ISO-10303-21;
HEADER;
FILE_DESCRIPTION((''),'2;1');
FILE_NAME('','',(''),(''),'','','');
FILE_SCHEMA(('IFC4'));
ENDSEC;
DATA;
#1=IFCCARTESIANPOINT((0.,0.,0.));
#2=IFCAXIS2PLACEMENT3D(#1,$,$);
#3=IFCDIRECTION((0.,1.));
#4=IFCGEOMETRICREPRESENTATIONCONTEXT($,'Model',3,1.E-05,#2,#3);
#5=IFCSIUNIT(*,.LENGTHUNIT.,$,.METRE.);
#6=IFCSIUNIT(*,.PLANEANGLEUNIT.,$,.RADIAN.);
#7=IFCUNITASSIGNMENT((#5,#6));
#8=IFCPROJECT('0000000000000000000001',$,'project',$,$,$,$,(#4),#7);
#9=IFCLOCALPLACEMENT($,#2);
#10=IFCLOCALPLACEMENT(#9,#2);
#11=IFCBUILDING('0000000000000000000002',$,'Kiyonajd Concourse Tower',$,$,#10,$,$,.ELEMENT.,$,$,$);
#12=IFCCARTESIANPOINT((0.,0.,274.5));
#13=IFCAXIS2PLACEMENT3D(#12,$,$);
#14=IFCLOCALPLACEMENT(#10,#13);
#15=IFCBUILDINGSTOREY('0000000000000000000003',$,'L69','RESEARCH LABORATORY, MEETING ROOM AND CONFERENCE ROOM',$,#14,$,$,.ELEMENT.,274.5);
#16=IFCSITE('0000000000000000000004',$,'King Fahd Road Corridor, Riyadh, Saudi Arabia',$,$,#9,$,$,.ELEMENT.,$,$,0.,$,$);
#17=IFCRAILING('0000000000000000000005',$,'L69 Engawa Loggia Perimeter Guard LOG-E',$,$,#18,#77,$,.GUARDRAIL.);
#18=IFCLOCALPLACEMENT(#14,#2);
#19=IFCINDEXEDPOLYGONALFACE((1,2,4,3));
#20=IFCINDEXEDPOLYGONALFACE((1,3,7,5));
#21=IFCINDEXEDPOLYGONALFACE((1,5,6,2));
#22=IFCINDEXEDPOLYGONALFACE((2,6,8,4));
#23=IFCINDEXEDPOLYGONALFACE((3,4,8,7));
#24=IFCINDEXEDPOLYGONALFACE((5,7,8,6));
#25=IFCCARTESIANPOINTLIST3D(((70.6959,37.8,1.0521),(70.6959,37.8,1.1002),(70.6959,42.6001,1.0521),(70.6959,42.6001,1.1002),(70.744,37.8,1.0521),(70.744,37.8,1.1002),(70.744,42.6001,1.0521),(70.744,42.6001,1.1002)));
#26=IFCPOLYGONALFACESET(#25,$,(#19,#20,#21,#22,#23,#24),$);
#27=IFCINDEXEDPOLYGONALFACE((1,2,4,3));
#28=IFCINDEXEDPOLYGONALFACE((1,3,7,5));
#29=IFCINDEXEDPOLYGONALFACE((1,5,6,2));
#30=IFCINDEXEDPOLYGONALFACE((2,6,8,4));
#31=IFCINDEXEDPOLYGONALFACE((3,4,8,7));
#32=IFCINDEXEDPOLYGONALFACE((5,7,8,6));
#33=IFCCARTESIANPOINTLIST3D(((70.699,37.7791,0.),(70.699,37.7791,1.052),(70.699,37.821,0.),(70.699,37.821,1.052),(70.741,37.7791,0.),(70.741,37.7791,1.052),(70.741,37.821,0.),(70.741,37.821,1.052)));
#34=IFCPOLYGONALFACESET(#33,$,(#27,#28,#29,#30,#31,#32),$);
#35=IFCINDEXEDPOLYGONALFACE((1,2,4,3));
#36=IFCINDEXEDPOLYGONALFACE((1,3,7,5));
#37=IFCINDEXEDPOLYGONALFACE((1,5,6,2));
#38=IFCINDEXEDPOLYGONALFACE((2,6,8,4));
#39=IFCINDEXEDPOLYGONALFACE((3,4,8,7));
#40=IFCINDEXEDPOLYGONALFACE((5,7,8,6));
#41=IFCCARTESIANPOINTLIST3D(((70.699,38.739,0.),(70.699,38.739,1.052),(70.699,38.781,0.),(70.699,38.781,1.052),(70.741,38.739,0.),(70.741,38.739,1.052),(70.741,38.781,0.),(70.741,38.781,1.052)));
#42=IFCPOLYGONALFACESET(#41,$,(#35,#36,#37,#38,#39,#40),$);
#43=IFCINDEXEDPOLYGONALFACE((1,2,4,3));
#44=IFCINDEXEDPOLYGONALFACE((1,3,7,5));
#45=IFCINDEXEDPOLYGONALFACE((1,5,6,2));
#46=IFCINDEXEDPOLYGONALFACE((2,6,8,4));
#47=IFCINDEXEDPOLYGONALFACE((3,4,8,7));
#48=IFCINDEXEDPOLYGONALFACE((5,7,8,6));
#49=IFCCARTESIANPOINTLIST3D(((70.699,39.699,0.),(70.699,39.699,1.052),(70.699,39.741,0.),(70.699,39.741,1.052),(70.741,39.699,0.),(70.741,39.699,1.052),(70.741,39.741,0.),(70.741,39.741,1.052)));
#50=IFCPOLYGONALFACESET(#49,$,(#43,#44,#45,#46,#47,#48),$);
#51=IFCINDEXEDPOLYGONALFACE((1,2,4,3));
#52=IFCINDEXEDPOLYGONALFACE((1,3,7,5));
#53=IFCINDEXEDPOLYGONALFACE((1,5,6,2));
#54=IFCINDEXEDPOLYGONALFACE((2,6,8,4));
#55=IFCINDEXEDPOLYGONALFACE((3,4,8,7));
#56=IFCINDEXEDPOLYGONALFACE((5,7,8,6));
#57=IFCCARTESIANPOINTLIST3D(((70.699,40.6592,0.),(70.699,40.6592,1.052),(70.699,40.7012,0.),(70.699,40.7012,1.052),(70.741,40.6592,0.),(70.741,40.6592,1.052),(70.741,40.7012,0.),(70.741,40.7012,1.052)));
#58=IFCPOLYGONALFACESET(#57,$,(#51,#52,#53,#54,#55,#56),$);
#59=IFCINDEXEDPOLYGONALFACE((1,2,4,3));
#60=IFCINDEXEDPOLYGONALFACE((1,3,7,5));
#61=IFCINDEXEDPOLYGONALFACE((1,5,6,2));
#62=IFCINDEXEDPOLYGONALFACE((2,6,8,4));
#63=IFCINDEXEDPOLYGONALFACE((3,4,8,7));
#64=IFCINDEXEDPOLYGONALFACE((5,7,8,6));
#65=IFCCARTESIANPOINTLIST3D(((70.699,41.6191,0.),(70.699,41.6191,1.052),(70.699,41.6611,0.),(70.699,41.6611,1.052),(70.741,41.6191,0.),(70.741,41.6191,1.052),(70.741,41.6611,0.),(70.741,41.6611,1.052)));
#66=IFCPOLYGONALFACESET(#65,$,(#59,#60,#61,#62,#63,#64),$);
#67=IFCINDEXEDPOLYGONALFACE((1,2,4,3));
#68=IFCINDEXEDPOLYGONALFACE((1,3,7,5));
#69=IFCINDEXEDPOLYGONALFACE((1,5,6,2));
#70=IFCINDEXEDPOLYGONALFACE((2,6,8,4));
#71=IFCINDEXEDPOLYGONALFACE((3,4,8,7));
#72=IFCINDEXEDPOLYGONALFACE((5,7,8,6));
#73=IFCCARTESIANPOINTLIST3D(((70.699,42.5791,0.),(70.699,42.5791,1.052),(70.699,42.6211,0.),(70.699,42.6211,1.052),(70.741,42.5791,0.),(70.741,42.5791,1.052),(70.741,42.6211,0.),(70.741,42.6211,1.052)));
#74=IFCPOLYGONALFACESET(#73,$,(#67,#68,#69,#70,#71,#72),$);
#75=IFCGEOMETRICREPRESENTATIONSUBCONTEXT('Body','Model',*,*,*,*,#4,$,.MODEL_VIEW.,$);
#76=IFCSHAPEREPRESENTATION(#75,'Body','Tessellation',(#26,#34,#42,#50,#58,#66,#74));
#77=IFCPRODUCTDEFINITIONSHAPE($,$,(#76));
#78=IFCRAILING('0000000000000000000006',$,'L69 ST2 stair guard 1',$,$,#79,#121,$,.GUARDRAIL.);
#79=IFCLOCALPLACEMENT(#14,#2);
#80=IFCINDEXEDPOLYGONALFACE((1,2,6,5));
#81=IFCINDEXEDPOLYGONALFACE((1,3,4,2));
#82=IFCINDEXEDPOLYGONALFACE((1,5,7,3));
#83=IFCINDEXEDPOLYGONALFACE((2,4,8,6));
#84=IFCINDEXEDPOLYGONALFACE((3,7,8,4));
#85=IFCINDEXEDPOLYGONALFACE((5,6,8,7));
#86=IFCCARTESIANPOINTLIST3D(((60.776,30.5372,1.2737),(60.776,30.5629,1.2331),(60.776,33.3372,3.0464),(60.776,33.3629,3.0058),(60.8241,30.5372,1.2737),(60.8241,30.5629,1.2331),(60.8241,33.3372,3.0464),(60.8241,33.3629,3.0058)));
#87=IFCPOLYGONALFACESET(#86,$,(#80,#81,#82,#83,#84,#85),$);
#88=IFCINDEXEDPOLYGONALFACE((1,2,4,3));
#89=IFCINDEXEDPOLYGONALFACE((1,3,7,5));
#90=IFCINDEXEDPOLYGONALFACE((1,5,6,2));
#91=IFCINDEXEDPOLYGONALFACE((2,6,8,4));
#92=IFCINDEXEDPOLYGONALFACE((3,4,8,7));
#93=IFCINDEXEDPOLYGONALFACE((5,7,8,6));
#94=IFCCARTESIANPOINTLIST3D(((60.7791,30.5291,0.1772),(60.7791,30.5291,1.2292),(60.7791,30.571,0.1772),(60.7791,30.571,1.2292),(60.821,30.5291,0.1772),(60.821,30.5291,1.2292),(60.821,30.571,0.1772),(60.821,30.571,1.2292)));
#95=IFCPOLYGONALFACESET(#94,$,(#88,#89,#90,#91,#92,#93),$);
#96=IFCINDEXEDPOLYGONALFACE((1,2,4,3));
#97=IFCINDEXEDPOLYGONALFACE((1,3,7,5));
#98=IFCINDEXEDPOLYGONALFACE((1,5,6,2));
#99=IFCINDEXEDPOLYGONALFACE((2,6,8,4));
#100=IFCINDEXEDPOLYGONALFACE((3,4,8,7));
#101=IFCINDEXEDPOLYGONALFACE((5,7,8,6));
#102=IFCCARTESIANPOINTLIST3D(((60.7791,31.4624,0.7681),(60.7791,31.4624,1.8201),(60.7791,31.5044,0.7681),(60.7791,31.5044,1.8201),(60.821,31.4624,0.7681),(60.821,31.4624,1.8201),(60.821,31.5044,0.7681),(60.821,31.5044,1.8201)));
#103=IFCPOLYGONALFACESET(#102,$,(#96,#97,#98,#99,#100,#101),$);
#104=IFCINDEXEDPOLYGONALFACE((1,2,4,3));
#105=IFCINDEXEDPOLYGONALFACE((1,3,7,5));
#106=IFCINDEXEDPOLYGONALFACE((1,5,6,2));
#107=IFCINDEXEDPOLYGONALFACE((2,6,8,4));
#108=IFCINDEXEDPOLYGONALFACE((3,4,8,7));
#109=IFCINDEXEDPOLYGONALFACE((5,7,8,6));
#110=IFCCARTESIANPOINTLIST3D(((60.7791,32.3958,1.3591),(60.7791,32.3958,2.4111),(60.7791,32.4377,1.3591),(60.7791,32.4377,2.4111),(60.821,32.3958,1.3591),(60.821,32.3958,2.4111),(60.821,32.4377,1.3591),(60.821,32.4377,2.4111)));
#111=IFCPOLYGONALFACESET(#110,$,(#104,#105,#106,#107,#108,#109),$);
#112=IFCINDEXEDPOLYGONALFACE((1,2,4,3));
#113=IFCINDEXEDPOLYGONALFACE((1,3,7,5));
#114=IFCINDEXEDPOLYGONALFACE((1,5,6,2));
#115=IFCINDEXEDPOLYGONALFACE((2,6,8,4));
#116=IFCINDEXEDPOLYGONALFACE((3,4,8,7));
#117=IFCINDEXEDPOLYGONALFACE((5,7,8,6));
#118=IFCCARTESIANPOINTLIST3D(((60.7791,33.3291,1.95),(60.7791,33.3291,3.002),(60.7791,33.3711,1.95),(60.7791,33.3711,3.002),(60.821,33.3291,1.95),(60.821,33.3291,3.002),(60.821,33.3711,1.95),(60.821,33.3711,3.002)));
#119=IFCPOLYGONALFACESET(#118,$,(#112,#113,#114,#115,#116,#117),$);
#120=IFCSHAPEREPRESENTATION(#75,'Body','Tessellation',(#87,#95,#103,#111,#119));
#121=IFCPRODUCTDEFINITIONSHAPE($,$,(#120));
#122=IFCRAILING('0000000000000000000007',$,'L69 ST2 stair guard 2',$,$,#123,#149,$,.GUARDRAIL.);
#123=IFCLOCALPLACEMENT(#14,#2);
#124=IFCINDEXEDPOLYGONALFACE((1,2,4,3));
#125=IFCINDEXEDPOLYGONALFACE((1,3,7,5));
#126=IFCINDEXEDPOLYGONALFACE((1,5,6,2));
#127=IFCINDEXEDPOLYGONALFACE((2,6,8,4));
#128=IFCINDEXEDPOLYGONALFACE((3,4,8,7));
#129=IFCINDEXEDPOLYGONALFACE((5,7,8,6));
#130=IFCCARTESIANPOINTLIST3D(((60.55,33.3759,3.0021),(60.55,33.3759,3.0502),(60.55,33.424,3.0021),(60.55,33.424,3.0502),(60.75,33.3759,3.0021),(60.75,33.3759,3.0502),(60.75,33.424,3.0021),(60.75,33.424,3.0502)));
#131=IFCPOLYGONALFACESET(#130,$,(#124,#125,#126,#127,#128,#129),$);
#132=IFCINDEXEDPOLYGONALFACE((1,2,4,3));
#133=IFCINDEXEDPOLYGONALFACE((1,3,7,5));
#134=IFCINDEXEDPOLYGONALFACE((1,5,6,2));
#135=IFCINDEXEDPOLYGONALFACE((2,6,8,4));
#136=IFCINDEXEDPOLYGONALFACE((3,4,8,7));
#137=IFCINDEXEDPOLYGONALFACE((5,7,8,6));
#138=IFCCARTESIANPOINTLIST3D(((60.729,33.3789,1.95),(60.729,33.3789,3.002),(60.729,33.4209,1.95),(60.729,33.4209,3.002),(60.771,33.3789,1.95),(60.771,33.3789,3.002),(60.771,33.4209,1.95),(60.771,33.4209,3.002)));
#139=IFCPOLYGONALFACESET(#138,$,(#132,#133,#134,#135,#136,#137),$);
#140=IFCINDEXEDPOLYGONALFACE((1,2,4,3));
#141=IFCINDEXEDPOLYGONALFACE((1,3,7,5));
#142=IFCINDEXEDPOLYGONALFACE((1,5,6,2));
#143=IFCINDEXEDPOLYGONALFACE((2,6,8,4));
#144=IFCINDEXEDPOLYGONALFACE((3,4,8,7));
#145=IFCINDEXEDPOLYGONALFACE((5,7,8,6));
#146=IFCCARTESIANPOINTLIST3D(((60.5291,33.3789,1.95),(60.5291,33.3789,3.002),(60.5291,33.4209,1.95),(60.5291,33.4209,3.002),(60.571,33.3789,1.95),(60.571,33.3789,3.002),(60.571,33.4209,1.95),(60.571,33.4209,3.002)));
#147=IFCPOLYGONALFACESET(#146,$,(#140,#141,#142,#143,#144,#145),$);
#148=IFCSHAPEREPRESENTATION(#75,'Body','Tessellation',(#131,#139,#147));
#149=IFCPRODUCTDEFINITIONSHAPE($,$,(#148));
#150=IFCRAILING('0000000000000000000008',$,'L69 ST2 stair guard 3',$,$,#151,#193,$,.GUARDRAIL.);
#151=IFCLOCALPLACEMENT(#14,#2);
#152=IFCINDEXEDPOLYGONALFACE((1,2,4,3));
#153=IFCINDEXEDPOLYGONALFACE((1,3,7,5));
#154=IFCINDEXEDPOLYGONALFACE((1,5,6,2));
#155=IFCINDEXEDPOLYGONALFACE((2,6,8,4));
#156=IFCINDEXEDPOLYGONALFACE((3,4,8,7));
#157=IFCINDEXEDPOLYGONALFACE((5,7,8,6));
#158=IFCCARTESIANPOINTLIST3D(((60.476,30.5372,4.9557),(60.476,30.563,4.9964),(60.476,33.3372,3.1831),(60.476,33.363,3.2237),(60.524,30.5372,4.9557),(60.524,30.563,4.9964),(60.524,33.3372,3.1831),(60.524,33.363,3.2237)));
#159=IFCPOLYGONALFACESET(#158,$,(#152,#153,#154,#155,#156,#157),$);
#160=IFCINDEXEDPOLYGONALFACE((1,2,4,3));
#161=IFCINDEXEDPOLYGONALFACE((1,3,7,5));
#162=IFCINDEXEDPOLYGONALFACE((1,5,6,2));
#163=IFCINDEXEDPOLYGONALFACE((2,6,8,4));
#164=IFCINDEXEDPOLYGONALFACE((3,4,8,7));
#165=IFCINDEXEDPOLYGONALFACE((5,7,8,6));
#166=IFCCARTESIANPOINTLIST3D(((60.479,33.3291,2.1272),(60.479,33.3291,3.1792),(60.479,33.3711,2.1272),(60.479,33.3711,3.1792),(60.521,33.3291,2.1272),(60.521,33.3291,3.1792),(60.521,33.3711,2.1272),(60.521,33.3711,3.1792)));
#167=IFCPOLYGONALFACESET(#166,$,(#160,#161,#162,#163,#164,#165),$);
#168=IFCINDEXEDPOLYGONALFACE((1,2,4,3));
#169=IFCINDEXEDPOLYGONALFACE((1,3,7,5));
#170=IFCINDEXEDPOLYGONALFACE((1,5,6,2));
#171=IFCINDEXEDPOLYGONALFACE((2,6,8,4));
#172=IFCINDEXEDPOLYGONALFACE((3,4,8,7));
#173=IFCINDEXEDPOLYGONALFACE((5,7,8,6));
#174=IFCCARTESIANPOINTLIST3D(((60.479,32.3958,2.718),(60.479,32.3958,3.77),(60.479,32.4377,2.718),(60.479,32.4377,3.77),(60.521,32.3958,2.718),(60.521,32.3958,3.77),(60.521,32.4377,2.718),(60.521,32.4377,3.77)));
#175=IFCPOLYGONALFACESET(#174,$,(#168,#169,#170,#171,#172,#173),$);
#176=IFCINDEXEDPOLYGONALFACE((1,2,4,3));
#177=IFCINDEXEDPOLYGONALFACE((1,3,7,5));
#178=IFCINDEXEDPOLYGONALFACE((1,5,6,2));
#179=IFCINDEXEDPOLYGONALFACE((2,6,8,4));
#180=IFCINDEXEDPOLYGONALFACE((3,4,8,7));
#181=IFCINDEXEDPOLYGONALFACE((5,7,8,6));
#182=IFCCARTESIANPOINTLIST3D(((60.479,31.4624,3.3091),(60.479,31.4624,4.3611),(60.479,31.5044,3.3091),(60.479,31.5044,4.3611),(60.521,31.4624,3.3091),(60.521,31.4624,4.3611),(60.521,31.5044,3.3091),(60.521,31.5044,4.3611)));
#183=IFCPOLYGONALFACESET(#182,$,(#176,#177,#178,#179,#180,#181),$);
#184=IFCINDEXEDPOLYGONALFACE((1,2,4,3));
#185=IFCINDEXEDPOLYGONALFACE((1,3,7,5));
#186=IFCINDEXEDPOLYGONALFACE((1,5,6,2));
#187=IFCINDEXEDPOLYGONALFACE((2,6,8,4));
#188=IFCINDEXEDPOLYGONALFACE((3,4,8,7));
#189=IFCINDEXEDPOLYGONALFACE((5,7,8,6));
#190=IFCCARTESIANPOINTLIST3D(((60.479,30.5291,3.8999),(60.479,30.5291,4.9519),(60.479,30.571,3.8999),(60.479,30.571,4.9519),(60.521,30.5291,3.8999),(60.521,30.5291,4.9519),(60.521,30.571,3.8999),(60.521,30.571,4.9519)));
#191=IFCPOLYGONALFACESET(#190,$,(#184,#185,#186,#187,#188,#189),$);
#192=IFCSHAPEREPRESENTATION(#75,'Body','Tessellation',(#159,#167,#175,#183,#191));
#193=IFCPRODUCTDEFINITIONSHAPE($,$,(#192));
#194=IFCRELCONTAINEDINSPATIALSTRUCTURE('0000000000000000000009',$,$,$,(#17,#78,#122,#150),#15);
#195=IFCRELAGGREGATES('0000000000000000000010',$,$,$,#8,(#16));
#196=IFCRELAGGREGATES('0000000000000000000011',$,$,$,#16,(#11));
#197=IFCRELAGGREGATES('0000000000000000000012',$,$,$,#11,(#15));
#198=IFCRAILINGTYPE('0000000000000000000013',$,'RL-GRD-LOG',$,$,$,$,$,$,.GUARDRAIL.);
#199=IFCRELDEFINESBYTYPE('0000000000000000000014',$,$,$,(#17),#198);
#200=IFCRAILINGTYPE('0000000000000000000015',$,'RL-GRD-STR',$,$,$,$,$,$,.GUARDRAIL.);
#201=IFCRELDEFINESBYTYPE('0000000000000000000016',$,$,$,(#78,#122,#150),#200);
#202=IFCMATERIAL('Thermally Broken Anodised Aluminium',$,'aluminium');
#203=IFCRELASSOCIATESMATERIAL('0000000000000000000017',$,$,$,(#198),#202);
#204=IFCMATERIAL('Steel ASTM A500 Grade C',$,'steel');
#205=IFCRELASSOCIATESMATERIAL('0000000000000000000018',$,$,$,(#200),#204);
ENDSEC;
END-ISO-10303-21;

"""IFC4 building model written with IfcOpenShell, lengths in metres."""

from ifc_helpers import new_model, si_unit, direction, frame, origin, origin_2d, place, context, subcontext, project, spatial, rectangle, extrude, material, type_object, element, save


model = new_model("IFC4")

# Units and contexts
model_context = context("Model", 3, precision=1e-05, world=origin(), true_north=direction((0.0, 1.0)))
body_context = subcontext(model_context, "Body", "Model", "MODEL_VIEW")
ifc_project = project(units=[si_unit("LENGTHUNIT", "METRE"), si_unit("PLANEANGLEUNIT", "RADIAN")], contexts=[model_context])

# Site, building, storey
site_placement = place(None, origin())
site = spatial("IfcSite", under=ifc_project, at=site_placement, Name="King Fahd Road Corridor, Riyadh, Saudi Arabia", CompositionType="ELEMENT", RefElevation=0.0)
building_placement = place(site_placement, origin())
building = spatial("IfcBuilding", under=site, at=building_placement, Name="Kiyonajd Concourse Tower", CompositionType="ELEMENT")
storey_placement = place(building_placement, frame((0.0, 0.0, 274.5)))
storey = spatial("IfcBuildingStorey", under=building, at=storey_placement, Name="L69", Description="RESEARCH LABORATORY, MEETING ROOM AND CONFERENCE ROOM", CompositionType="ELEMENT", Elevation=274.5)

# Shared definitions
ifc_material_1 = material(Name="Thermally Broken Anodised Aluminium", Category="aluminium")

# Railings
railing_type_1 = type_object("IfcRailingType", Name="RL-GRD-LOG", PredefinedType="GUARDRAIL", material=ifc_material_1)
railing_1_placement = place(storey_placement, frame((70.72, 37.8, 0.0)))
element("IfcRailing", 1, at=railing_1_placement, inside=storey, type_object=railing_type_1, Name="L69 Engawa Loggia Perimeter Guard LOG-E", PredefinedType="GUARDRAIL", context=body_context, shape_type="SweptSolid", body=[
    extrude(rectangle(XDim=0.0481, YDim=0.0481, at=origin_2d()), frame((0.0, 0.0, 1.0762), z_axis=(0.0, 1.0, 0.0), x_axis=(-1.0, 0.0, 0.0)), (0.0, 0.0, 1.0), 4.8),
    extrude(rectangle(XDim=0.042, YDim=0.042, at=origin_2d()), origin(), (0.0, 0.0, 1.0), 1.052),
    extrude(rectangle(XDim=0.042, YDim=0.042, at=origin_2d()), frame((0.0, 0.96, 0.0)), (0.0, 0.0, 1.0), 1.052),
    extrude(rectangle(XDim=0.042, YDim=0.042, at=origin_2d()), frame((0.0, 1.9199, 0.0)), (0.0, 0.0, 1.0), 1.052),
    extrude(rectangle(XDim=0.042, YDim=0.042, at=origin_2d()), frame((0.0, 2.8801, 0.0)), (0.0, 0.0, 1.0), 1.052),
    extrude(rectangle(XDim=0.042, YDim=0.042, at=origin_2d()), frame((0.0, 3.8401, 0.0)), (0.0, 0.0, 1.0), 1.052),
    extrude(rectangle(XDim=0.042, YDim=0.042, at=origin_2d()), frame((0.0, 4.8, 0.0)), (0.0, 0.0, 1.0), 1.052),
])
ifc_material_2 = material(Name="Steel ASTM A500 Grade C", Category="steel")
railing_type_2 = type_object("IfcRailingType", Name="RL-GRD-STR", PredefinedType="GUARDRAIL", material=ifc_material_2)
railing_2_placement = place(storey_placement, frame((60.8, 30.55, 0.1772)))
element("IfcRailing", 2, at=railing_2_placement, inside=storey, type_object=railing_type_2, Name="L69 ST2 stair guard 1", PredefinedType="GUARDRAIL", context=body_context, shape_type="SweptSolid", body=[
    extrude(rectangle(XDim=0.0481, YDim=0.0481, at=origin_2d()), frame((0.0, 0.0, 1.0762), z_axis=(0.0, 0.844909, 0.53491), x_axis=(-1.0, 0.0, 0.0)), (0.0, 0.0, 1.0), 3.314),
    extrude(rectangle(XDim=0.042, YDim=0.042, at=origin_2d()), origin(), (0.0, 0.0, 1.0), 1.052),
    extrude(rectangle(XDim=0.042, YDim=0.042, at=origin_2d()), frame((0.0, 0.9333, 0.5908)), (0.0, 0.0, 1.0), 1.052),
    extrude(rectangle(XDim=0.042, YDim=0.042, at=origin_2d()), frame((0.0, 1.8667, 1.1819)), (0.0, 0.0, 1.0), 1.052),
    extrude(rectangle(XDim=0.042, YDim=0.042, at=origin_2d()), frame((0.0, 2.8, 1.7727)), (0.0, 0.0, 1.0), 1.052),
])
railing_3_placement = place(storey_placement, frame((60.75, 33.3999, 1.95)))
element("IfcRailing", 3, at=railing_3_placement, inside=storey, type_object=railing_type_2, Name="L69 ST2 stair guard 2", PredefinedType="GUARDRAIL", context=body_context, shape_type="SweptSolid", body=[
    extrude(rectangle(XDim=0.0481, YDim=0.0481, at=origin_2d()), frame((0.0, 0.0, 1.0762), z_axis=(-1.0, 0.0, 0.0), x_axis=(0.0, -1.0, 0.0)), (0.0, 0.0, 1.0), 0.2),
    extrude(rectangle(XDim=0.042, YDim=0.042, at=origin_2d()), origin(), (0.0, 0.0, 1.0), 1.052),
    extrude(rectangle(XDim=0.042, YDim=0.042, at=origin_2d()), frame((-0.2, 0.0, 0.0)), (0.0, 0.0, 1.0), 1.052),
])
railing_4_placement = place(storey_placement, frame((60.5, 33.3501, 2.1272)))
element("IfcRailing", 4, at=railing_4_placement, inside=storey, type_object=railing_type_2, Name="L69 ST2 stair guard 3", PredefinedType="GUARDRAIL", context=body_context, shape_type="SweptSolid", body=[
    extrude(rectangle(XDim=0.0481, YDim=0.0481, at=origin_2d()), frame((0.0, 0.0, 1.0762), z_axis=(0.0, -0.844909, 0.53491), x_axis=(1.0, 0.0, 0.0)), (0.0, 0.0, 1.0), 3.314),
    extrude(rectangle(XDim=0.042, YDim=0.042, at=origin_2d()), origin(), (0.0, 0.0, 1.0), 1.052),
    extrude(rectangle(XDim=0.042, YDim=0.042, at=origin_2d()), frame((0.0, -0.9333, 0.5908)), (0.0, 0.0, 1.0), 1.052),
    extrude(rectangle(XDim=0.042, YDim=0.042, at=origin_2d()), frame((0.0, -1.8667, 1.1819)), (0.0, 0.0, 1.0), 1.052),
    extrude(rectangle(XDim=0.042, YDim=0.042, at=origin_2d()), frame((0.0, -2.8, 1.7727)), (0.0, 0.0, 1.0), 1.052),
])

save(model, "model.ifc")
